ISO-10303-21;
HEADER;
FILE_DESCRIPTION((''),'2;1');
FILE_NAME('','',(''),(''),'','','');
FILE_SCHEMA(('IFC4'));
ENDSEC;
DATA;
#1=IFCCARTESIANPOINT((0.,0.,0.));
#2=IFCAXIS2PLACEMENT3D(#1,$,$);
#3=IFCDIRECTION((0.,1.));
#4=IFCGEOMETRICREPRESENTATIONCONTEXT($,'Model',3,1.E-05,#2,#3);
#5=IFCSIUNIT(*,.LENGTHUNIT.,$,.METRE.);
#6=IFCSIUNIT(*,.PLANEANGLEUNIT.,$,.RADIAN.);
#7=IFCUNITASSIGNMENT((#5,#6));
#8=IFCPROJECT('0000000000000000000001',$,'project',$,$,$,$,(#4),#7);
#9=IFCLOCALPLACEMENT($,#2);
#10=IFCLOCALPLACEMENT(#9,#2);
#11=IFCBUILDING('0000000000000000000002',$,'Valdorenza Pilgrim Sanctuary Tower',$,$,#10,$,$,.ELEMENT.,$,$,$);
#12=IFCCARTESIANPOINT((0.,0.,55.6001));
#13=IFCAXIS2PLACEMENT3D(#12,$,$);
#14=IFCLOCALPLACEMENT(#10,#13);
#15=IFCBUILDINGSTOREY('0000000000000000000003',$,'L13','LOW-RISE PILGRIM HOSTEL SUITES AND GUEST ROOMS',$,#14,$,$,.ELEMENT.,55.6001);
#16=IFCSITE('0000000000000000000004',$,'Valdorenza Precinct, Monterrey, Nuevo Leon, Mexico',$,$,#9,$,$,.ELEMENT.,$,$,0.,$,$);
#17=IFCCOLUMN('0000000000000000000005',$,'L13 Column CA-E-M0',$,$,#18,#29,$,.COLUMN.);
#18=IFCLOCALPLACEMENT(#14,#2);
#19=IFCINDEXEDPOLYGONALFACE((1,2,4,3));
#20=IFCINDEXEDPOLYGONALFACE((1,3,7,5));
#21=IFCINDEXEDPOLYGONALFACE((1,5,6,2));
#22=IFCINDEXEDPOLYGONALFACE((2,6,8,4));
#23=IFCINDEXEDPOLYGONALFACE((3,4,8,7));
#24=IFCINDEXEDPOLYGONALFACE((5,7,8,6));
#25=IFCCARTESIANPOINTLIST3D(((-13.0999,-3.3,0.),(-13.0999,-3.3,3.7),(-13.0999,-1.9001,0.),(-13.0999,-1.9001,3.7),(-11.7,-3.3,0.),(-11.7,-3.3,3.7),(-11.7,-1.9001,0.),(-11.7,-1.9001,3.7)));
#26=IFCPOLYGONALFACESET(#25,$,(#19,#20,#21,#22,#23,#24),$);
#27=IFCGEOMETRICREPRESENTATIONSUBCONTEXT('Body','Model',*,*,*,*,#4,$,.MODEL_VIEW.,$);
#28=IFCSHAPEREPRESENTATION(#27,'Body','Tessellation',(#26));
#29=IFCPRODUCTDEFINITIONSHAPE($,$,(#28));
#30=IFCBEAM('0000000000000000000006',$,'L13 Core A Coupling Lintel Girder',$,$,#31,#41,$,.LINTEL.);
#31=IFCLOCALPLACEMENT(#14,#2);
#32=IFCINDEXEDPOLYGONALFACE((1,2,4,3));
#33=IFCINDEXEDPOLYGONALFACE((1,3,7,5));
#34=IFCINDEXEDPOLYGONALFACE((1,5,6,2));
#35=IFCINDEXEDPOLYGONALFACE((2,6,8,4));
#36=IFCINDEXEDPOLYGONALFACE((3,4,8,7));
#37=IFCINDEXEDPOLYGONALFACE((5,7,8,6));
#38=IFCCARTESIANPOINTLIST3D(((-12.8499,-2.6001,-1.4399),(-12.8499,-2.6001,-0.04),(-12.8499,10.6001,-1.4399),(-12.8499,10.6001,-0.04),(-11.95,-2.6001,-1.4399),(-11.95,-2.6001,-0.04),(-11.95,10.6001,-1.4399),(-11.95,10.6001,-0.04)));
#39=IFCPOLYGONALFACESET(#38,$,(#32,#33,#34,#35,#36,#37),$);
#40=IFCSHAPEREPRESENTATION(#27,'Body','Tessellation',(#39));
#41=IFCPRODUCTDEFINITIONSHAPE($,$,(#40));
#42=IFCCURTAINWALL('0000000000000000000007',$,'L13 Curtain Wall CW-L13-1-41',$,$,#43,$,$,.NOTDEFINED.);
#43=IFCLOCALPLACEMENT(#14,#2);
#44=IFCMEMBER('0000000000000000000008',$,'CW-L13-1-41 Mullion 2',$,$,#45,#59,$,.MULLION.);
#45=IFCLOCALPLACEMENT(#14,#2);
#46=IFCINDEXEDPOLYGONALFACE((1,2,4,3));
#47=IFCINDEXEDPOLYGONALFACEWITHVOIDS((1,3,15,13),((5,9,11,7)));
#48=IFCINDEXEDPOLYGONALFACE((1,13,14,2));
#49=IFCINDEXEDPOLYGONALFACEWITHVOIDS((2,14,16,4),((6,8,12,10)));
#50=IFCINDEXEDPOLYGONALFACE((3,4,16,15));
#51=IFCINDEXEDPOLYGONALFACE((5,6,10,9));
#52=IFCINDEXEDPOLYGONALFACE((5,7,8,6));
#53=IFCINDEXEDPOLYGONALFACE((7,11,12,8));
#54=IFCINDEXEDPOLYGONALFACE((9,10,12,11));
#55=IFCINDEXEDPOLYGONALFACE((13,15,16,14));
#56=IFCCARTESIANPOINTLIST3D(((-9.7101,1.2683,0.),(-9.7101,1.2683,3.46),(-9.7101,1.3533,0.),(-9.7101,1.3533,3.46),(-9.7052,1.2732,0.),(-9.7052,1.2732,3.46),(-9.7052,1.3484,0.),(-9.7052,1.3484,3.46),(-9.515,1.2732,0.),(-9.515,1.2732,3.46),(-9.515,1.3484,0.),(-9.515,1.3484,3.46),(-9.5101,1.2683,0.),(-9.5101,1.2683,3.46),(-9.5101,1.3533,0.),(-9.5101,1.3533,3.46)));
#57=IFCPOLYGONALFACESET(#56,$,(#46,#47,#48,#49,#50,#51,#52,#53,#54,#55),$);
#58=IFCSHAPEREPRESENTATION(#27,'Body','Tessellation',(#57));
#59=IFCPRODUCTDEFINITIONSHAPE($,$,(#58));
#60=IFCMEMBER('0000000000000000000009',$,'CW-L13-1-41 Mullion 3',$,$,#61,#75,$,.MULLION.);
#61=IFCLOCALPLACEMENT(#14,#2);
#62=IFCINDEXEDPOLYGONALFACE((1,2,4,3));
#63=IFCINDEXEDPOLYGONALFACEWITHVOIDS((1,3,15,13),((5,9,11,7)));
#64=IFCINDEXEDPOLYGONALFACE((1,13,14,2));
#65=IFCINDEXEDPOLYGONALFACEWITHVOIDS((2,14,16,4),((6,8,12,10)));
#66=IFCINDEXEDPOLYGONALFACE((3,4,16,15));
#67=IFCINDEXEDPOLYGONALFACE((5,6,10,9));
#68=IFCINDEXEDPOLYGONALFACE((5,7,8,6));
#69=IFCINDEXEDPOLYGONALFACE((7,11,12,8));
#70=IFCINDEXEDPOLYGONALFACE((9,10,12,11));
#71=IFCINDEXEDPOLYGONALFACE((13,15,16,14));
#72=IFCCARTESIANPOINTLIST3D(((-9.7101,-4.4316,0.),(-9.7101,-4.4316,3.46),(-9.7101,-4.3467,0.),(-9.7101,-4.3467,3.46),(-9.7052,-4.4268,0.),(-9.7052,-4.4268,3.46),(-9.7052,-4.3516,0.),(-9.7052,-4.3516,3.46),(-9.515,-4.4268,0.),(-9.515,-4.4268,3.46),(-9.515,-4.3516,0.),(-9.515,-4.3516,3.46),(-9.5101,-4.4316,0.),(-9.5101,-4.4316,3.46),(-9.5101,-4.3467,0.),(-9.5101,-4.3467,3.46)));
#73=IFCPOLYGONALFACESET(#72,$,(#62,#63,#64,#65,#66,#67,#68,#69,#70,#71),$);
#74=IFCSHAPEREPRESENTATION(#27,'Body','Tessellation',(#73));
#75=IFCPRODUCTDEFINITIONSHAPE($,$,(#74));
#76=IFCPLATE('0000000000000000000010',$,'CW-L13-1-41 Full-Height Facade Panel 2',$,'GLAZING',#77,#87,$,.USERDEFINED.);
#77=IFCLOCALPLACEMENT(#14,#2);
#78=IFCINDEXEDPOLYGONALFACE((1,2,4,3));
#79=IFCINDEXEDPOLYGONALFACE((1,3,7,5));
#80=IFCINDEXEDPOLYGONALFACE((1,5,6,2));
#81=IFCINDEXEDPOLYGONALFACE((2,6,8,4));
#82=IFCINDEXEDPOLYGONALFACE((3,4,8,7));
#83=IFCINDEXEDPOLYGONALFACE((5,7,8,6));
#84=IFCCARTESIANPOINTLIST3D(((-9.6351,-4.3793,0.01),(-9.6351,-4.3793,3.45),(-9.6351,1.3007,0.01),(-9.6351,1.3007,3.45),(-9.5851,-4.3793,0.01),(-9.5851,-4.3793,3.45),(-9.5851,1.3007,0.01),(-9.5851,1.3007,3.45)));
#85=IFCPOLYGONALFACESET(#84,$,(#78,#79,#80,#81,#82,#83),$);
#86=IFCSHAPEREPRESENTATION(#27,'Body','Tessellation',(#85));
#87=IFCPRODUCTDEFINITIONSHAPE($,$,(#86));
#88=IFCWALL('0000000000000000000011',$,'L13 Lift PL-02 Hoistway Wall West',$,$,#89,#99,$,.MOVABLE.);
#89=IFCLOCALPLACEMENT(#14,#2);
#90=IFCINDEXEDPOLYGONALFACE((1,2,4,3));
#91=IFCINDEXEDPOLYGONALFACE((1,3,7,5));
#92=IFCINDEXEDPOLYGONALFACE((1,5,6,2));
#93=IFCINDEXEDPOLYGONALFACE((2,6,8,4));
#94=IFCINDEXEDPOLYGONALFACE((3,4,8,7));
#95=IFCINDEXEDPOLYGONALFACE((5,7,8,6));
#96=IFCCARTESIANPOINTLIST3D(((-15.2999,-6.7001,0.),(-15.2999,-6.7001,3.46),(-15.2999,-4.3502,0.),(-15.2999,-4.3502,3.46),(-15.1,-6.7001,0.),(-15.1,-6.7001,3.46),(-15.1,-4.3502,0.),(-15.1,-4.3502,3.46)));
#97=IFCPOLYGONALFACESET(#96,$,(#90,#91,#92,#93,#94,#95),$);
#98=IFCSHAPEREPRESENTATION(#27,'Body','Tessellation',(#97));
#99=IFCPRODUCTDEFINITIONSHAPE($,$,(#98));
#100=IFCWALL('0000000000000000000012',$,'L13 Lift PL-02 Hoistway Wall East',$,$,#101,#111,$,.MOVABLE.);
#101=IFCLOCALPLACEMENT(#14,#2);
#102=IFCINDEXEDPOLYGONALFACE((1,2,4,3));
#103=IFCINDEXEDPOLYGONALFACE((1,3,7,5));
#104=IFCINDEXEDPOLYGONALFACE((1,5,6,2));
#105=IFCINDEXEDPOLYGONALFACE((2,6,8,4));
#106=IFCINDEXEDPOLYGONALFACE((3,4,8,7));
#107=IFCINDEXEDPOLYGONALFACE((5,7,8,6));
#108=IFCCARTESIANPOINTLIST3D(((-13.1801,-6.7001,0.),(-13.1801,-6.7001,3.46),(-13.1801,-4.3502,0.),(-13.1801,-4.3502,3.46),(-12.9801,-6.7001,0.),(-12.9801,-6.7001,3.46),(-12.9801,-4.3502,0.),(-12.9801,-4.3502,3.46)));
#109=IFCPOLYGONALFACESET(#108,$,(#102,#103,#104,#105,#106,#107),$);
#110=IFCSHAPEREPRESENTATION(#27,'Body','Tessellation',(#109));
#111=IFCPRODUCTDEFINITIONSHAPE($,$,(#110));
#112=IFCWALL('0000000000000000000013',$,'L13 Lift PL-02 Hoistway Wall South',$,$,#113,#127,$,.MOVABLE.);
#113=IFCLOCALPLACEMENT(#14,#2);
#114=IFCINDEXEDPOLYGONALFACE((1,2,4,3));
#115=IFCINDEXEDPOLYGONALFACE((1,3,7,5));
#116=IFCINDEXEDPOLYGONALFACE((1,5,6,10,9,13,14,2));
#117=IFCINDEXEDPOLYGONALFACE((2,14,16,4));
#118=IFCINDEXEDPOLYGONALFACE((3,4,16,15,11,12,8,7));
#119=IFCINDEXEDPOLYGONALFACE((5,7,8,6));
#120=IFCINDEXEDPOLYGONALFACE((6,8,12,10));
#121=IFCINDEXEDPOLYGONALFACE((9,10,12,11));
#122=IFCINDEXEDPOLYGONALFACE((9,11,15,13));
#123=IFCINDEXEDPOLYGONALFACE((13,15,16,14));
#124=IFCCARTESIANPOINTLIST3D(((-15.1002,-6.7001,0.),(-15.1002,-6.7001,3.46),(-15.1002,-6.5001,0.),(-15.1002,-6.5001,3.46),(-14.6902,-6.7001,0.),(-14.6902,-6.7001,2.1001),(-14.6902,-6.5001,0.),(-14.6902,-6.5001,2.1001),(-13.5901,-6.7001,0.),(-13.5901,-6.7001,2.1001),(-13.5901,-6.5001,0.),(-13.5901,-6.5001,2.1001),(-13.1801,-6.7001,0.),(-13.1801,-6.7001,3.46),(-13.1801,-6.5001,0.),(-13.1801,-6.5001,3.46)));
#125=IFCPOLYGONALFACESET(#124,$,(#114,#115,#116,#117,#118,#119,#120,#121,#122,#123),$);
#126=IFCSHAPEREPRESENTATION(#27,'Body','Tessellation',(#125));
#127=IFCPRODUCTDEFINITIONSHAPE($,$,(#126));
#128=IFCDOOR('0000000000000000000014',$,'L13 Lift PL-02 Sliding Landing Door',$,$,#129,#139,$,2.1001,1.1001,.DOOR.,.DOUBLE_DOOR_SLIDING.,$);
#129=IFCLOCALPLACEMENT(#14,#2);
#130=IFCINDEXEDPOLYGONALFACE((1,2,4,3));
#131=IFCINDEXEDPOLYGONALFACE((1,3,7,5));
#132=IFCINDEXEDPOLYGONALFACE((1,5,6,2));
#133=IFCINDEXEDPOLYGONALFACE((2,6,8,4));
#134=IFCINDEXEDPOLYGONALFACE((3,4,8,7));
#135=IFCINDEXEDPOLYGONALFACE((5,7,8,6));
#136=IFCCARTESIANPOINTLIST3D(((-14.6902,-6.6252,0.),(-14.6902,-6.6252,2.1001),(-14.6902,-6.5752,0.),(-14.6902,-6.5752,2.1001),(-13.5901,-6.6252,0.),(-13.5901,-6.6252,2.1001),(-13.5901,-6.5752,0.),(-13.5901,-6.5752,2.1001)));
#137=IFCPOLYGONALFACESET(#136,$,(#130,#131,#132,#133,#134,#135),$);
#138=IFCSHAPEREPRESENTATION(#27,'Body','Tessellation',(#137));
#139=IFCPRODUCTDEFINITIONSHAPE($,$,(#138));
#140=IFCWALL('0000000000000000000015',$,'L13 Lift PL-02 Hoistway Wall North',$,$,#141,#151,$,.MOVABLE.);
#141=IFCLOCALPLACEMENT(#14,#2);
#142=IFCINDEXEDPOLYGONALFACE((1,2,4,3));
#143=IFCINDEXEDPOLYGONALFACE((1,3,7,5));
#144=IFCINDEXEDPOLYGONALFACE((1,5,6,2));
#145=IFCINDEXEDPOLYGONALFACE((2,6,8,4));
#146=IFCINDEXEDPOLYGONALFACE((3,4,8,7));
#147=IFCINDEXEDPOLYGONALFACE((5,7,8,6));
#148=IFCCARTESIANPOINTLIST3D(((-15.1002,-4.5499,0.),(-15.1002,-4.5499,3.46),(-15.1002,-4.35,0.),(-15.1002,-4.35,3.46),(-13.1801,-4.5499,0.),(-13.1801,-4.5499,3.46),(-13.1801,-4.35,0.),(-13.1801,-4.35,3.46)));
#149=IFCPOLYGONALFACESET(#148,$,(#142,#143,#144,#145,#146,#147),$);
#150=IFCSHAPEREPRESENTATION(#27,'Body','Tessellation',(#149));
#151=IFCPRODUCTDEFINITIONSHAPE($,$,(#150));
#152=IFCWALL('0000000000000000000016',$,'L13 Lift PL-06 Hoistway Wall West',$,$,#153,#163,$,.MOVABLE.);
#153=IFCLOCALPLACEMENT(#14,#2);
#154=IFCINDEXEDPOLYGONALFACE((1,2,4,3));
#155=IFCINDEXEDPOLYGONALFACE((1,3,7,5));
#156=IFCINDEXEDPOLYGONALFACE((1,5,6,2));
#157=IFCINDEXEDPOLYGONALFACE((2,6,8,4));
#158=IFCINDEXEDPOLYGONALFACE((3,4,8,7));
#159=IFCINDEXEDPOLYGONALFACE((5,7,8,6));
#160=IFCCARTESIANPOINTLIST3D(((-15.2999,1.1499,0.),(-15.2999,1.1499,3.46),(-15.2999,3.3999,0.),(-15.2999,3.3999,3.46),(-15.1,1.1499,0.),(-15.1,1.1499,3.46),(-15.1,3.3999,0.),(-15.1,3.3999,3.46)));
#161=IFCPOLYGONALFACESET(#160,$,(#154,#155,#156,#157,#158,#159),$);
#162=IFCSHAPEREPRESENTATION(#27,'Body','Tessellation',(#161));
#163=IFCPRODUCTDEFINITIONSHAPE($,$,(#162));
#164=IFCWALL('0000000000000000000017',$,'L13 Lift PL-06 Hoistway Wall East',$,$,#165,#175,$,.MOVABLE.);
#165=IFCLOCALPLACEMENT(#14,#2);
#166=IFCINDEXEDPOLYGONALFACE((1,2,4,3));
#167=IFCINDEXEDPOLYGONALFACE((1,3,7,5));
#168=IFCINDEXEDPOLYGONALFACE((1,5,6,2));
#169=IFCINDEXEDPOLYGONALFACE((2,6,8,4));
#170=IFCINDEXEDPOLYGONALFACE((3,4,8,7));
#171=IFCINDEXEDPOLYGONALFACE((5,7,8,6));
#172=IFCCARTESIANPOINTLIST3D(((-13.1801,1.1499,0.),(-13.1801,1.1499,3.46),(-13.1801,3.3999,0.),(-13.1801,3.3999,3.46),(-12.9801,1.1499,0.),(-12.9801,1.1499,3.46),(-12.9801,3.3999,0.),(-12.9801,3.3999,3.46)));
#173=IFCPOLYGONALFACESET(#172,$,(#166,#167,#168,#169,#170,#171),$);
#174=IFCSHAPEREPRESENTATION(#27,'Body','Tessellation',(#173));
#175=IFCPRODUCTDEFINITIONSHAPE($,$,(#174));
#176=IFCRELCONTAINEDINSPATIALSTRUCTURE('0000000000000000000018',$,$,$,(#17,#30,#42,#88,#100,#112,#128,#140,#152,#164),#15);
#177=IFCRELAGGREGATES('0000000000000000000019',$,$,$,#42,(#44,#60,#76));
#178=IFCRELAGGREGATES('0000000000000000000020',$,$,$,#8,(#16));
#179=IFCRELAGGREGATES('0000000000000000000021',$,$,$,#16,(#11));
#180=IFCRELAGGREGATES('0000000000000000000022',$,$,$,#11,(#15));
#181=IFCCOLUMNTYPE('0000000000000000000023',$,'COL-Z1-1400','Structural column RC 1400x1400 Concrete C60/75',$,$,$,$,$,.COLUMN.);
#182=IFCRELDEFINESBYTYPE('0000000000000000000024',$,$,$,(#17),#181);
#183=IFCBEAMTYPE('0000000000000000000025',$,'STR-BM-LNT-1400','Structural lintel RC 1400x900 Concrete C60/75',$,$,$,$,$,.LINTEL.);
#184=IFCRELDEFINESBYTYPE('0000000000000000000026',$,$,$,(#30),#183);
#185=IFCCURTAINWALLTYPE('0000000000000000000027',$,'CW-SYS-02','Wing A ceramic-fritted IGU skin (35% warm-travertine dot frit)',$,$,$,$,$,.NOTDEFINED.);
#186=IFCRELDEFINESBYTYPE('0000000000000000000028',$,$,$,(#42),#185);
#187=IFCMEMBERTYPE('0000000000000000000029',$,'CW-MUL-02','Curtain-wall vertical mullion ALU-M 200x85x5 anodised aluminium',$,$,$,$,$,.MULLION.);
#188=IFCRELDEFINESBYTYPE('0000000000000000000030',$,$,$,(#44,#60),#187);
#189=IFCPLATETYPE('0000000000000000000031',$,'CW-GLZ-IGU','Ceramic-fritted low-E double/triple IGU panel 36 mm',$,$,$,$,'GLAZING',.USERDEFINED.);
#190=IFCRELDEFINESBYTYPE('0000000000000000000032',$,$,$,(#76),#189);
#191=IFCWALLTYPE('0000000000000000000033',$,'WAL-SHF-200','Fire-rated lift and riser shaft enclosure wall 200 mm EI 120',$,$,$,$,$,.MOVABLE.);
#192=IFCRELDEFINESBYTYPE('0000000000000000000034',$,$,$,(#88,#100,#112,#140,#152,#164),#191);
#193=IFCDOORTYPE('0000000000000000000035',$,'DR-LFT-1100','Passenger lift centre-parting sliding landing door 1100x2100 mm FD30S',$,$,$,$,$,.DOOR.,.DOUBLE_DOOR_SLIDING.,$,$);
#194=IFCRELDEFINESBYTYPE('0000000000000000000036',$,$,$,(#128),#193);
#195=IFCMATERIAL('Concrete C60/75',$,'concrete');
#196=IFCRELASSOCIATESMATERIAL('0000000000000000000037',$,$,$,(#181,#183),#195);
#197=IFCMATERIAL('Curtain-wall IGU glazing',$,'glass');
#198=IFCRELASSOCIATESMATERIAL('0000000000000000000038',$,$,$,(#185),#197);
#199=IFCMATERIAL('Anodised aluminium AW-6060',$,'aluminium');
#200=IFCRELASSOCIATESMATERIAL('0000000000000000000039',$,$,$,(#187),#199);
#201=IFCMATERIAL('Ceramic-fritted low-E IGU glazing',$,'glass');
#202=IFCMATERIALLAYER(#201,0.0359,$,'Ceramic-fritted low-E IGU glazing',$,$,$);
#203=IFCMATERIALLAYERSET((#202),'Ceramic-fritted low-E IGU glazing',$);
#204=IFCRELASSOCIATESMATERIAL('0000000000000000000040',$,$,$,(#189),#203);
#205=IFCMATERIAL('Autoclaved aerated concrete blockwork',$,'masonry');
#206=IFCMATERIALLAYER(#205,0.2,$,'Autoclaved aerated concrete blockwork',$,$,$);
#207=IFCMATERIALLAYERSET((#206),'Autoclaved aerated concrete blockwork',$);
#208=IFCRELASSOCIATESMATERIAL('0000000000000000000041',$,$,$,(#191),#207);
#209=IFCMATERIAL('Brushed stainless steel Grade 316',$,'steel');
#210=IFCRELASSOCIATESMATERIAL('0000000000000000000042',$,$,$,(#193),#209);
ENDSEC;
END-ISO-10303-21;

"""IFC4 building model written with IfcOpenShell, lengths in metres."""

from ifc_helpers import new_model, si_unit, direction, frame, frame_2d, origin, origin_2d, place, context, subcontext, project, spatial, rectangle, hollow_rectangle, extrude, source, transform, mapped, material, layer, layer_set, material_profile, profile_set, type_object, element, fill, aggregate, save


model = new_model("IFC4")

# Units and contexts
model_context = context("Model", 3, precision=1e-05, world=origin(), true_north=direction((0.0, 1.0)))
body_context = subcontext(model_context, "Body", "Model", "MODEL_VIEW")
ifc_project = project(units=[si_unit("LENGTHUNIT", "METRE"), si_unit("PLANEANGLEUNIT", "RADIAN")], contexts=[model_context])

# Site, building, storey
site_placement = place(None, origin())
site = spatial("IfcSite", under=ifc_project, at=site_placement, Name="Valdorenza Precinct, Monterrey, Nuevo Leon, Mexico", CompositionType="ELEMENT", RefElevation=0.0)
building_placement = place(site_placement, origin())
building = spatial("IfcBuilding", under=site, at=building_placement, Name="Valdorenza Pilgrim Sanctuary Tower", CompositionType="ELEMENT")
storey_placement = place(building_placement, frame((0.0, 0.0, 55.6001)))
storey = spatial("IfcBuildingStorey", under=building, at=storey_placement, Name="L13", Description="LOW-RISE PILGRIM HOSTEL SUITES AND GUEST ROOMS", CompositionType="ELEMENT", Elevation=55.6001)

# Column
ifc_material_1 = material(Name="Concrete C60/75", Category="concrete")
ifc_material_profile_1 = material_profile(ifc_material_1, rectangle(XDim=1.3999, YDim=1.3999, at=origin_2d()), Name="RC 1400x1400")
ifc_profile_set_1 = profile_set([ifc_material_profile_1], Name="Concrete C60/75")
column_type = type_object("IfcColumnType", Name="COL-Z1-1400", Description="Structural column RC 1400x1400 Concrete C60/75", PredefinedType="COLUMN", material=ifc_profile_set_1)
shared_shape_1 = source(origin(), body_context, "Body", "SweptSolid", [
    extrude(rectangle(XDim=1.3999, YDim=1.3999, at=origin_2d()), origin(), (0.0, 0.0, 1.0), 3.7),
])
column_placement = place(storey_placement, frame((-12.3999, -2.6001, 0.0), z_axis=(0.0, 0.0, 1.0), x_axis=(1.0, 0.0, 0.0)))
element("IfcColumn", 1, at=column_placement, inside=storey, type_object=column_type, Name="L13 Column CA-E-M0", PredefinedType="COLUMN", context=body_context, shape_type="MappedRepresentation", body=[
    mapped(shared_shape_1, transform((0.0, 0.0, 0.0), x_axis=(1.0, 0.0, 0.0), y_axis=(0.0, 1.0, 0.0), z_axis=(0.0, 0.0, 1.0), scale=1.0)),
])

# Beam
ifc_material_profile_2 = material_profile(ifc_material_1, rectangle(XDim=0.8999, YDim=1.3999, at=origin_2d()), Name="RC 1400x900")
ifc_profile_set_2 = profile_set([ifc_material_profile_2], Name="Concrete C60/75")
beam_type = type_object("IfcBeamType", Name="STR-BM-LNT-1400", Description="Structural lintel RC 1400x900 Concrete C60/75", PredefinedType="LINTEL", material=ifc_profile_set_2)
shared_shape_2 = source(origin(), body_context, "Body", "SweptSolid", [
    extrude(rectangle(XDim=0.8999, YDim=1.3999, at=origin_2d()), origin(), (0.0, 0.0, 1.0), 13.2002),
])
beam_placement = place(storey_placement, frame((-12.3999, -2.6001, -0.74), z_axis=(0.0, 1.0, 0.0), x_axis=(-1.0, 0.0, 0.0)))
element("IfcBeam", 2, at=beam_placement, inside=storey, type_object=beam_type, Name="L13 Core A Coupling Lintel Girder", PredefinedType="LINTEL", context=body_context, shape_type="MappedRepresentation", body=[
    mapped(shared_shape_2, transform((0.0, 0.0, 0.0), x_axis=(1.0, 0.0, 0.0), y_axis=(0.0, 1.0, 0.0), z_axis=(0.0, 0.0, 1.0), scale=1.0)),
])

# Curtain wall, members, plate
ifc_material_2 = material(Name="Curtain-wall IGU glazing", Category="glass")
curtain_wall_type = type_object("IfcCurtainWallType", Name="CW-SYS-02", Description="Wing A ceramic-fritted IGU skin (35% warm-travertine dot frit)", PredefinedType="NOTDEFINED", material=ifc_material_2)
curtain_wall_placement = place(storey_placement, origin())
curtain_wall = element("IfcCurtainWall", 3, at=curtain_wall_placement, inside=storey, type_object=curtain_wall_type, Name="L13 Curtain Wall CW-L13-1-41", PredefinedType="NOTDEFINED")
ifc_material_3 = material(Name="Anodised aluminium AW-6060", Category="aluminium")
ifc_material_profile_3 = material_profile(ifc_material_3, hollow_rectangle(XDim=0.085, YDim=0.2, WallThickness=0.0049, at=origin_2d()), Name="ALU-M 200x85x5")
ifc_profile_set_3 = profile_set([ifc_material_profile_3], Name="Anodised aluminium AW-6060")
member_type = type_object("IfcMemberType", Name="CW-MUL-02", Description="Curtain-wall vertical mullion ALU-M 200x85x5 anodised aluminium", PredefinedType="MULLION", material=ifc_profile_set_3)
shared_shape_3 = source(origin(), body_context, "Body", "SweptSolid", [
    extrude(hollow_rectangle(XDim=0.085, YDim=0.2, WallThickness=0.0049, at=origin_2d()), origin(), (0.0, 0.0, 1.0), 3.46),
])
member_1_placement = place(storey_placement, frame((-9.6101, 1.3108, 0.0), z_axis=(0.0, 0.0, 1.0), x_axis=(0.0, -1.0, 0.0)))
member_1 = element("IfcMember", 4, at=member_1_placement, type_object=member_type, Name="CW-L13-1-41 Mullion 2", PredefinedType="MULLION", context=body_context, shape_type="MappedRepresentation", body=[
    mapped(shared_shape_3, transform((0.0, 0.0, 0.0), x_axis=(1.0, 0.0, 0.0), y_axis=(0.0, 1.0, 0.0), z_axis=(0.0, 0.0, 1.0), scale=1.0)),
])
member_2_placement = place(storey_placement, frame((-9.6101, -4.3892, 0.0), z_axis=(0.0, 0.0, 1.0), x_axis=(0.0, -1.0, 0.0)))
member_2 = element("IfcMember", 5, at=member_2_placement, type_object=member_type, Name="CW-L13-1-41 Mullion 3", PredefinedType="MULLION", context=body_context, shape_type="MappedRepresentation", body=[
    mapped(shared_shape_3, transform((0.0, 0.0, 0.0), x_axis=(1.0, 0.0, 0.0), y_axis=(0.0, 1.0, 0.0), z_axis=(0.0, 0.0, 1.0), scale=1.0)),
])
ifc_material_4 = material(Name="Ceramic-fritted low-E IGU glazing", Category="glass")
ifc_layer_1 = layer(ifc_material_4, 0.0359, Name="Ceramic-fritted low-E IGU glazing")
ifc_layer_set_1 = layer_set([ifc_layer_1], Name="Ceramic-fritted low-E IGU glazing")
plate_type = type_object("IfcPlateType", Name="CW-GLZ-IGU", Description="Ceramic-fritted low-E double/triple IGU panel 36 mm", ElementType="GLAZING", PredefinedType="USERDEFINED", material=ifc_layer_set_1)
shared_shape_4 = source(origin(), body_context, "Body", "SweptSolid", [
    extrude(rectangle(XDim=5.6799, YDim=0.05, at=origin_2d()), origin(), (0.0, 0.0, 1.0), 3.4399),
])
plate_placement = place(storey_placement, frame((-9.6101, -1.5393, 0.01), z_axis=(0.0, 0.0, 1.0), x_axis=(0.0, -1.0, 0.0)))
plate = element("IfcPlate", 6, at=plate_placement, type_object=plate_type, Name="CW-L13-1-41 Full-Height Facade Panel 2", ObjectType="GLAZING", PredefinedType="USERDEFINED", context=body_context, shape_type="MappedRepresentation", body=[
    mapped(shared_shape_4, transform((0.0, 0.0, 0.0), x_axis=(1.0, 0.0, 0.0), y_axis=(0.0, 1.0, 0.0), z_axis=(0.0, 0.0, 1.0), scale=1.0)),
])
aggregate(curtain_wall, [member_1, member_2, plate])

# Walls
ifc_material_5 = material(Name="Autoclaved aerated concrete blockwork", Category="masonry")
ifc_layer_2 = layer(ifc_material_5, 0.2, Name="Autoclaved aerated concrete blockwork")
ifc_layer_set_2 = layer_set([ifc_layer_2], Name="Autoclaved aerated concrete blockwork")
wall_type_1 = type_object("IfcWallType", Name="WAL-SHF-200", Description="Fire-rated lift and riser shaft enclosure wall 200 mm EI 120", PredefinedType="MOVABLE", material=ifc_layer_set_2)
for number, where, z_axis, x_axis, name in (
    (7, (-15.2, -6.7, 0.0), (0.0, 0.0, 1.0), (0.0, 1.0, 0.0), "L13 Lift PL-02 Hoistway Wall West"),
    (8, (-13.0801, -6.7, 0.0), (0.0, 0.0, 1.0), (0.0, 1.0, 0.0), "L13 Lift PL-02 Hoistway Wall East"),
):
    element("IfcWall", number, at=place(storey_placement, frame(where, z_axis=z_axis, x_axis=x_axis)), inside=storey, type_object=wall_type_1, Name=name, PredefinedType="MOVABLE", context=body_context, shape_type="SweptSolid", body=[
        extrude(rectangle(XDim=2.3499, YDim=0.2, at=frame_2d((1.1748, 0.0))), origin(), (0.0, 0.0, 1.0), 3.46),
    ])

# Wall, opening, door
wall_1_placement = place(storey_placement, frame((-15.1001, -6.6001, 0.0), z_axis=(0.0, 0.0, 1.0), x_axis=(1.0, 0.0, 0.0)))
wall_1 = element("IfcWall", 9, at=wall_1_placement, inside=storey, type_object=wall_type_1, Name="L13 Lift PL-02 Hoistway Wall South", PredefinedType="MOVABLE", context=body_context, shape_type="SweptSolid", body=[
    extrude(rectangle(XDim=1.9202, YDim=0.2, at=frame_2d((0.96, 0.0))), origin(), (0.0, 0.0, 1.0), 3.46),
])
opening_1_placement = place(wall_1_placement, frame((0.4099, 0.0, 0.0)))
opening_1 = element("IfcOpeningElement", 10, at=opening_1_placement, cuts=wall_1, PredefinedType="OPENING", context=body_context, shape_type="SweptSolid", body=[
    extrude(rectangle(XDim=1.1001, YDim=2.1001, at=frame_2d((0.55, 1.05))), frame((0.0, 0.1147, 0.0), z_axis=(0.0, -1.0, 0.0), x_axis=(1.0, 0.0, 0.0)), (0.0, 0.0, 1.0), 0.2297),
])
ifc_material_6 = material(Name="Brushed stainless steel Grade 316", Category="steel")
door_type_1 = type_object("IfcDoorType", Name="DR-LFT-1100", Description="Passenger lift centre-parting sliding landing door 1100x2100 mm FD30S", OperationType="DOUBLE_DOOR_SLIDING", PredefinedType="DOOR", material=ifc_material_6)
door_1_placement = place(opening_1_placement, origin())
door_1 = element("IfcDoor", 11, at=door_1_placement, inside=storey, type_object=door_type_1, Name="L13 Lift PL-02 Sliding Landing Door", OperationType="DOUBLE_DOOR_SLIDING", OverallHeight=2.1001, OverallWidth=1.1001, PredefinedType="DOOR", context=body_context, shape_type="SweptSolid", body=[
    extrude(rectangle(XDim=1.1001, YDim=2.1001, at=frame_2d((0.55, 1.05))), frame((0.0, 0.0249, 0.0), z_axis=(0.0, -1.0, 0.0), x_axis=(1.0, 0.0, 0.0)), (0.0, 0.0, 1.0), 0.05),
])
fill(opening_1, door_1)

# Walls
wall_2_placement = place(storey_placement, frame((-15.1001, -4.45, 0.0), z_axis=(0.0, 0.0, 1.0), x_axis=(1.0, 0.0, 0.0)))
element("IfcWall", 12, at=wall_2_placement, inside=storey, type_object=wall_type_1, Name="L13 Lift PL-02 Hoistway Wall North", PredefinedType="MOVABLE", context=body_context, shape_type="SweptSolid", body=[
    extrude(rectangle(XDim=1.9202, YDim=0.2, at=frame_2d((0.96, 0.0))), origin(), (0.0, 0.0, 1.0), 3.46),
])
for number, where, z_axis, x_axis, name in (
    (13, (-15.2, 1.1499, 0.0), (0.0, 0.0, 1.0), (0.0, 1.0, 0.0), "L13 Lift PL-06 Hoistway Wall West"),
    (14, (-13.0801, 1.1499, 0.0), (0.0, 0.0, 1.0), (0.0, 1.0, 0.0), "L13 Lift PL-06 Hoistway Wall East"),
):
    element("IfcWall", number, at=place(storey_placement, frame(where, z_axis=z_axis, x_axis=x_axis)), inside=storey, type_object=wall_type_1, Name=name, PredefinedType="MOVABLE", context=body_context, shape_type="SweptSolid", body=[
        extrude(rectangle(XDim=2.25, YDim=0.2, at=frame_2d((1.125, 0.0))), origin(), (0.0, 0.0, 1.0), 3.46),
    ])

save(model, "model.ifc")
